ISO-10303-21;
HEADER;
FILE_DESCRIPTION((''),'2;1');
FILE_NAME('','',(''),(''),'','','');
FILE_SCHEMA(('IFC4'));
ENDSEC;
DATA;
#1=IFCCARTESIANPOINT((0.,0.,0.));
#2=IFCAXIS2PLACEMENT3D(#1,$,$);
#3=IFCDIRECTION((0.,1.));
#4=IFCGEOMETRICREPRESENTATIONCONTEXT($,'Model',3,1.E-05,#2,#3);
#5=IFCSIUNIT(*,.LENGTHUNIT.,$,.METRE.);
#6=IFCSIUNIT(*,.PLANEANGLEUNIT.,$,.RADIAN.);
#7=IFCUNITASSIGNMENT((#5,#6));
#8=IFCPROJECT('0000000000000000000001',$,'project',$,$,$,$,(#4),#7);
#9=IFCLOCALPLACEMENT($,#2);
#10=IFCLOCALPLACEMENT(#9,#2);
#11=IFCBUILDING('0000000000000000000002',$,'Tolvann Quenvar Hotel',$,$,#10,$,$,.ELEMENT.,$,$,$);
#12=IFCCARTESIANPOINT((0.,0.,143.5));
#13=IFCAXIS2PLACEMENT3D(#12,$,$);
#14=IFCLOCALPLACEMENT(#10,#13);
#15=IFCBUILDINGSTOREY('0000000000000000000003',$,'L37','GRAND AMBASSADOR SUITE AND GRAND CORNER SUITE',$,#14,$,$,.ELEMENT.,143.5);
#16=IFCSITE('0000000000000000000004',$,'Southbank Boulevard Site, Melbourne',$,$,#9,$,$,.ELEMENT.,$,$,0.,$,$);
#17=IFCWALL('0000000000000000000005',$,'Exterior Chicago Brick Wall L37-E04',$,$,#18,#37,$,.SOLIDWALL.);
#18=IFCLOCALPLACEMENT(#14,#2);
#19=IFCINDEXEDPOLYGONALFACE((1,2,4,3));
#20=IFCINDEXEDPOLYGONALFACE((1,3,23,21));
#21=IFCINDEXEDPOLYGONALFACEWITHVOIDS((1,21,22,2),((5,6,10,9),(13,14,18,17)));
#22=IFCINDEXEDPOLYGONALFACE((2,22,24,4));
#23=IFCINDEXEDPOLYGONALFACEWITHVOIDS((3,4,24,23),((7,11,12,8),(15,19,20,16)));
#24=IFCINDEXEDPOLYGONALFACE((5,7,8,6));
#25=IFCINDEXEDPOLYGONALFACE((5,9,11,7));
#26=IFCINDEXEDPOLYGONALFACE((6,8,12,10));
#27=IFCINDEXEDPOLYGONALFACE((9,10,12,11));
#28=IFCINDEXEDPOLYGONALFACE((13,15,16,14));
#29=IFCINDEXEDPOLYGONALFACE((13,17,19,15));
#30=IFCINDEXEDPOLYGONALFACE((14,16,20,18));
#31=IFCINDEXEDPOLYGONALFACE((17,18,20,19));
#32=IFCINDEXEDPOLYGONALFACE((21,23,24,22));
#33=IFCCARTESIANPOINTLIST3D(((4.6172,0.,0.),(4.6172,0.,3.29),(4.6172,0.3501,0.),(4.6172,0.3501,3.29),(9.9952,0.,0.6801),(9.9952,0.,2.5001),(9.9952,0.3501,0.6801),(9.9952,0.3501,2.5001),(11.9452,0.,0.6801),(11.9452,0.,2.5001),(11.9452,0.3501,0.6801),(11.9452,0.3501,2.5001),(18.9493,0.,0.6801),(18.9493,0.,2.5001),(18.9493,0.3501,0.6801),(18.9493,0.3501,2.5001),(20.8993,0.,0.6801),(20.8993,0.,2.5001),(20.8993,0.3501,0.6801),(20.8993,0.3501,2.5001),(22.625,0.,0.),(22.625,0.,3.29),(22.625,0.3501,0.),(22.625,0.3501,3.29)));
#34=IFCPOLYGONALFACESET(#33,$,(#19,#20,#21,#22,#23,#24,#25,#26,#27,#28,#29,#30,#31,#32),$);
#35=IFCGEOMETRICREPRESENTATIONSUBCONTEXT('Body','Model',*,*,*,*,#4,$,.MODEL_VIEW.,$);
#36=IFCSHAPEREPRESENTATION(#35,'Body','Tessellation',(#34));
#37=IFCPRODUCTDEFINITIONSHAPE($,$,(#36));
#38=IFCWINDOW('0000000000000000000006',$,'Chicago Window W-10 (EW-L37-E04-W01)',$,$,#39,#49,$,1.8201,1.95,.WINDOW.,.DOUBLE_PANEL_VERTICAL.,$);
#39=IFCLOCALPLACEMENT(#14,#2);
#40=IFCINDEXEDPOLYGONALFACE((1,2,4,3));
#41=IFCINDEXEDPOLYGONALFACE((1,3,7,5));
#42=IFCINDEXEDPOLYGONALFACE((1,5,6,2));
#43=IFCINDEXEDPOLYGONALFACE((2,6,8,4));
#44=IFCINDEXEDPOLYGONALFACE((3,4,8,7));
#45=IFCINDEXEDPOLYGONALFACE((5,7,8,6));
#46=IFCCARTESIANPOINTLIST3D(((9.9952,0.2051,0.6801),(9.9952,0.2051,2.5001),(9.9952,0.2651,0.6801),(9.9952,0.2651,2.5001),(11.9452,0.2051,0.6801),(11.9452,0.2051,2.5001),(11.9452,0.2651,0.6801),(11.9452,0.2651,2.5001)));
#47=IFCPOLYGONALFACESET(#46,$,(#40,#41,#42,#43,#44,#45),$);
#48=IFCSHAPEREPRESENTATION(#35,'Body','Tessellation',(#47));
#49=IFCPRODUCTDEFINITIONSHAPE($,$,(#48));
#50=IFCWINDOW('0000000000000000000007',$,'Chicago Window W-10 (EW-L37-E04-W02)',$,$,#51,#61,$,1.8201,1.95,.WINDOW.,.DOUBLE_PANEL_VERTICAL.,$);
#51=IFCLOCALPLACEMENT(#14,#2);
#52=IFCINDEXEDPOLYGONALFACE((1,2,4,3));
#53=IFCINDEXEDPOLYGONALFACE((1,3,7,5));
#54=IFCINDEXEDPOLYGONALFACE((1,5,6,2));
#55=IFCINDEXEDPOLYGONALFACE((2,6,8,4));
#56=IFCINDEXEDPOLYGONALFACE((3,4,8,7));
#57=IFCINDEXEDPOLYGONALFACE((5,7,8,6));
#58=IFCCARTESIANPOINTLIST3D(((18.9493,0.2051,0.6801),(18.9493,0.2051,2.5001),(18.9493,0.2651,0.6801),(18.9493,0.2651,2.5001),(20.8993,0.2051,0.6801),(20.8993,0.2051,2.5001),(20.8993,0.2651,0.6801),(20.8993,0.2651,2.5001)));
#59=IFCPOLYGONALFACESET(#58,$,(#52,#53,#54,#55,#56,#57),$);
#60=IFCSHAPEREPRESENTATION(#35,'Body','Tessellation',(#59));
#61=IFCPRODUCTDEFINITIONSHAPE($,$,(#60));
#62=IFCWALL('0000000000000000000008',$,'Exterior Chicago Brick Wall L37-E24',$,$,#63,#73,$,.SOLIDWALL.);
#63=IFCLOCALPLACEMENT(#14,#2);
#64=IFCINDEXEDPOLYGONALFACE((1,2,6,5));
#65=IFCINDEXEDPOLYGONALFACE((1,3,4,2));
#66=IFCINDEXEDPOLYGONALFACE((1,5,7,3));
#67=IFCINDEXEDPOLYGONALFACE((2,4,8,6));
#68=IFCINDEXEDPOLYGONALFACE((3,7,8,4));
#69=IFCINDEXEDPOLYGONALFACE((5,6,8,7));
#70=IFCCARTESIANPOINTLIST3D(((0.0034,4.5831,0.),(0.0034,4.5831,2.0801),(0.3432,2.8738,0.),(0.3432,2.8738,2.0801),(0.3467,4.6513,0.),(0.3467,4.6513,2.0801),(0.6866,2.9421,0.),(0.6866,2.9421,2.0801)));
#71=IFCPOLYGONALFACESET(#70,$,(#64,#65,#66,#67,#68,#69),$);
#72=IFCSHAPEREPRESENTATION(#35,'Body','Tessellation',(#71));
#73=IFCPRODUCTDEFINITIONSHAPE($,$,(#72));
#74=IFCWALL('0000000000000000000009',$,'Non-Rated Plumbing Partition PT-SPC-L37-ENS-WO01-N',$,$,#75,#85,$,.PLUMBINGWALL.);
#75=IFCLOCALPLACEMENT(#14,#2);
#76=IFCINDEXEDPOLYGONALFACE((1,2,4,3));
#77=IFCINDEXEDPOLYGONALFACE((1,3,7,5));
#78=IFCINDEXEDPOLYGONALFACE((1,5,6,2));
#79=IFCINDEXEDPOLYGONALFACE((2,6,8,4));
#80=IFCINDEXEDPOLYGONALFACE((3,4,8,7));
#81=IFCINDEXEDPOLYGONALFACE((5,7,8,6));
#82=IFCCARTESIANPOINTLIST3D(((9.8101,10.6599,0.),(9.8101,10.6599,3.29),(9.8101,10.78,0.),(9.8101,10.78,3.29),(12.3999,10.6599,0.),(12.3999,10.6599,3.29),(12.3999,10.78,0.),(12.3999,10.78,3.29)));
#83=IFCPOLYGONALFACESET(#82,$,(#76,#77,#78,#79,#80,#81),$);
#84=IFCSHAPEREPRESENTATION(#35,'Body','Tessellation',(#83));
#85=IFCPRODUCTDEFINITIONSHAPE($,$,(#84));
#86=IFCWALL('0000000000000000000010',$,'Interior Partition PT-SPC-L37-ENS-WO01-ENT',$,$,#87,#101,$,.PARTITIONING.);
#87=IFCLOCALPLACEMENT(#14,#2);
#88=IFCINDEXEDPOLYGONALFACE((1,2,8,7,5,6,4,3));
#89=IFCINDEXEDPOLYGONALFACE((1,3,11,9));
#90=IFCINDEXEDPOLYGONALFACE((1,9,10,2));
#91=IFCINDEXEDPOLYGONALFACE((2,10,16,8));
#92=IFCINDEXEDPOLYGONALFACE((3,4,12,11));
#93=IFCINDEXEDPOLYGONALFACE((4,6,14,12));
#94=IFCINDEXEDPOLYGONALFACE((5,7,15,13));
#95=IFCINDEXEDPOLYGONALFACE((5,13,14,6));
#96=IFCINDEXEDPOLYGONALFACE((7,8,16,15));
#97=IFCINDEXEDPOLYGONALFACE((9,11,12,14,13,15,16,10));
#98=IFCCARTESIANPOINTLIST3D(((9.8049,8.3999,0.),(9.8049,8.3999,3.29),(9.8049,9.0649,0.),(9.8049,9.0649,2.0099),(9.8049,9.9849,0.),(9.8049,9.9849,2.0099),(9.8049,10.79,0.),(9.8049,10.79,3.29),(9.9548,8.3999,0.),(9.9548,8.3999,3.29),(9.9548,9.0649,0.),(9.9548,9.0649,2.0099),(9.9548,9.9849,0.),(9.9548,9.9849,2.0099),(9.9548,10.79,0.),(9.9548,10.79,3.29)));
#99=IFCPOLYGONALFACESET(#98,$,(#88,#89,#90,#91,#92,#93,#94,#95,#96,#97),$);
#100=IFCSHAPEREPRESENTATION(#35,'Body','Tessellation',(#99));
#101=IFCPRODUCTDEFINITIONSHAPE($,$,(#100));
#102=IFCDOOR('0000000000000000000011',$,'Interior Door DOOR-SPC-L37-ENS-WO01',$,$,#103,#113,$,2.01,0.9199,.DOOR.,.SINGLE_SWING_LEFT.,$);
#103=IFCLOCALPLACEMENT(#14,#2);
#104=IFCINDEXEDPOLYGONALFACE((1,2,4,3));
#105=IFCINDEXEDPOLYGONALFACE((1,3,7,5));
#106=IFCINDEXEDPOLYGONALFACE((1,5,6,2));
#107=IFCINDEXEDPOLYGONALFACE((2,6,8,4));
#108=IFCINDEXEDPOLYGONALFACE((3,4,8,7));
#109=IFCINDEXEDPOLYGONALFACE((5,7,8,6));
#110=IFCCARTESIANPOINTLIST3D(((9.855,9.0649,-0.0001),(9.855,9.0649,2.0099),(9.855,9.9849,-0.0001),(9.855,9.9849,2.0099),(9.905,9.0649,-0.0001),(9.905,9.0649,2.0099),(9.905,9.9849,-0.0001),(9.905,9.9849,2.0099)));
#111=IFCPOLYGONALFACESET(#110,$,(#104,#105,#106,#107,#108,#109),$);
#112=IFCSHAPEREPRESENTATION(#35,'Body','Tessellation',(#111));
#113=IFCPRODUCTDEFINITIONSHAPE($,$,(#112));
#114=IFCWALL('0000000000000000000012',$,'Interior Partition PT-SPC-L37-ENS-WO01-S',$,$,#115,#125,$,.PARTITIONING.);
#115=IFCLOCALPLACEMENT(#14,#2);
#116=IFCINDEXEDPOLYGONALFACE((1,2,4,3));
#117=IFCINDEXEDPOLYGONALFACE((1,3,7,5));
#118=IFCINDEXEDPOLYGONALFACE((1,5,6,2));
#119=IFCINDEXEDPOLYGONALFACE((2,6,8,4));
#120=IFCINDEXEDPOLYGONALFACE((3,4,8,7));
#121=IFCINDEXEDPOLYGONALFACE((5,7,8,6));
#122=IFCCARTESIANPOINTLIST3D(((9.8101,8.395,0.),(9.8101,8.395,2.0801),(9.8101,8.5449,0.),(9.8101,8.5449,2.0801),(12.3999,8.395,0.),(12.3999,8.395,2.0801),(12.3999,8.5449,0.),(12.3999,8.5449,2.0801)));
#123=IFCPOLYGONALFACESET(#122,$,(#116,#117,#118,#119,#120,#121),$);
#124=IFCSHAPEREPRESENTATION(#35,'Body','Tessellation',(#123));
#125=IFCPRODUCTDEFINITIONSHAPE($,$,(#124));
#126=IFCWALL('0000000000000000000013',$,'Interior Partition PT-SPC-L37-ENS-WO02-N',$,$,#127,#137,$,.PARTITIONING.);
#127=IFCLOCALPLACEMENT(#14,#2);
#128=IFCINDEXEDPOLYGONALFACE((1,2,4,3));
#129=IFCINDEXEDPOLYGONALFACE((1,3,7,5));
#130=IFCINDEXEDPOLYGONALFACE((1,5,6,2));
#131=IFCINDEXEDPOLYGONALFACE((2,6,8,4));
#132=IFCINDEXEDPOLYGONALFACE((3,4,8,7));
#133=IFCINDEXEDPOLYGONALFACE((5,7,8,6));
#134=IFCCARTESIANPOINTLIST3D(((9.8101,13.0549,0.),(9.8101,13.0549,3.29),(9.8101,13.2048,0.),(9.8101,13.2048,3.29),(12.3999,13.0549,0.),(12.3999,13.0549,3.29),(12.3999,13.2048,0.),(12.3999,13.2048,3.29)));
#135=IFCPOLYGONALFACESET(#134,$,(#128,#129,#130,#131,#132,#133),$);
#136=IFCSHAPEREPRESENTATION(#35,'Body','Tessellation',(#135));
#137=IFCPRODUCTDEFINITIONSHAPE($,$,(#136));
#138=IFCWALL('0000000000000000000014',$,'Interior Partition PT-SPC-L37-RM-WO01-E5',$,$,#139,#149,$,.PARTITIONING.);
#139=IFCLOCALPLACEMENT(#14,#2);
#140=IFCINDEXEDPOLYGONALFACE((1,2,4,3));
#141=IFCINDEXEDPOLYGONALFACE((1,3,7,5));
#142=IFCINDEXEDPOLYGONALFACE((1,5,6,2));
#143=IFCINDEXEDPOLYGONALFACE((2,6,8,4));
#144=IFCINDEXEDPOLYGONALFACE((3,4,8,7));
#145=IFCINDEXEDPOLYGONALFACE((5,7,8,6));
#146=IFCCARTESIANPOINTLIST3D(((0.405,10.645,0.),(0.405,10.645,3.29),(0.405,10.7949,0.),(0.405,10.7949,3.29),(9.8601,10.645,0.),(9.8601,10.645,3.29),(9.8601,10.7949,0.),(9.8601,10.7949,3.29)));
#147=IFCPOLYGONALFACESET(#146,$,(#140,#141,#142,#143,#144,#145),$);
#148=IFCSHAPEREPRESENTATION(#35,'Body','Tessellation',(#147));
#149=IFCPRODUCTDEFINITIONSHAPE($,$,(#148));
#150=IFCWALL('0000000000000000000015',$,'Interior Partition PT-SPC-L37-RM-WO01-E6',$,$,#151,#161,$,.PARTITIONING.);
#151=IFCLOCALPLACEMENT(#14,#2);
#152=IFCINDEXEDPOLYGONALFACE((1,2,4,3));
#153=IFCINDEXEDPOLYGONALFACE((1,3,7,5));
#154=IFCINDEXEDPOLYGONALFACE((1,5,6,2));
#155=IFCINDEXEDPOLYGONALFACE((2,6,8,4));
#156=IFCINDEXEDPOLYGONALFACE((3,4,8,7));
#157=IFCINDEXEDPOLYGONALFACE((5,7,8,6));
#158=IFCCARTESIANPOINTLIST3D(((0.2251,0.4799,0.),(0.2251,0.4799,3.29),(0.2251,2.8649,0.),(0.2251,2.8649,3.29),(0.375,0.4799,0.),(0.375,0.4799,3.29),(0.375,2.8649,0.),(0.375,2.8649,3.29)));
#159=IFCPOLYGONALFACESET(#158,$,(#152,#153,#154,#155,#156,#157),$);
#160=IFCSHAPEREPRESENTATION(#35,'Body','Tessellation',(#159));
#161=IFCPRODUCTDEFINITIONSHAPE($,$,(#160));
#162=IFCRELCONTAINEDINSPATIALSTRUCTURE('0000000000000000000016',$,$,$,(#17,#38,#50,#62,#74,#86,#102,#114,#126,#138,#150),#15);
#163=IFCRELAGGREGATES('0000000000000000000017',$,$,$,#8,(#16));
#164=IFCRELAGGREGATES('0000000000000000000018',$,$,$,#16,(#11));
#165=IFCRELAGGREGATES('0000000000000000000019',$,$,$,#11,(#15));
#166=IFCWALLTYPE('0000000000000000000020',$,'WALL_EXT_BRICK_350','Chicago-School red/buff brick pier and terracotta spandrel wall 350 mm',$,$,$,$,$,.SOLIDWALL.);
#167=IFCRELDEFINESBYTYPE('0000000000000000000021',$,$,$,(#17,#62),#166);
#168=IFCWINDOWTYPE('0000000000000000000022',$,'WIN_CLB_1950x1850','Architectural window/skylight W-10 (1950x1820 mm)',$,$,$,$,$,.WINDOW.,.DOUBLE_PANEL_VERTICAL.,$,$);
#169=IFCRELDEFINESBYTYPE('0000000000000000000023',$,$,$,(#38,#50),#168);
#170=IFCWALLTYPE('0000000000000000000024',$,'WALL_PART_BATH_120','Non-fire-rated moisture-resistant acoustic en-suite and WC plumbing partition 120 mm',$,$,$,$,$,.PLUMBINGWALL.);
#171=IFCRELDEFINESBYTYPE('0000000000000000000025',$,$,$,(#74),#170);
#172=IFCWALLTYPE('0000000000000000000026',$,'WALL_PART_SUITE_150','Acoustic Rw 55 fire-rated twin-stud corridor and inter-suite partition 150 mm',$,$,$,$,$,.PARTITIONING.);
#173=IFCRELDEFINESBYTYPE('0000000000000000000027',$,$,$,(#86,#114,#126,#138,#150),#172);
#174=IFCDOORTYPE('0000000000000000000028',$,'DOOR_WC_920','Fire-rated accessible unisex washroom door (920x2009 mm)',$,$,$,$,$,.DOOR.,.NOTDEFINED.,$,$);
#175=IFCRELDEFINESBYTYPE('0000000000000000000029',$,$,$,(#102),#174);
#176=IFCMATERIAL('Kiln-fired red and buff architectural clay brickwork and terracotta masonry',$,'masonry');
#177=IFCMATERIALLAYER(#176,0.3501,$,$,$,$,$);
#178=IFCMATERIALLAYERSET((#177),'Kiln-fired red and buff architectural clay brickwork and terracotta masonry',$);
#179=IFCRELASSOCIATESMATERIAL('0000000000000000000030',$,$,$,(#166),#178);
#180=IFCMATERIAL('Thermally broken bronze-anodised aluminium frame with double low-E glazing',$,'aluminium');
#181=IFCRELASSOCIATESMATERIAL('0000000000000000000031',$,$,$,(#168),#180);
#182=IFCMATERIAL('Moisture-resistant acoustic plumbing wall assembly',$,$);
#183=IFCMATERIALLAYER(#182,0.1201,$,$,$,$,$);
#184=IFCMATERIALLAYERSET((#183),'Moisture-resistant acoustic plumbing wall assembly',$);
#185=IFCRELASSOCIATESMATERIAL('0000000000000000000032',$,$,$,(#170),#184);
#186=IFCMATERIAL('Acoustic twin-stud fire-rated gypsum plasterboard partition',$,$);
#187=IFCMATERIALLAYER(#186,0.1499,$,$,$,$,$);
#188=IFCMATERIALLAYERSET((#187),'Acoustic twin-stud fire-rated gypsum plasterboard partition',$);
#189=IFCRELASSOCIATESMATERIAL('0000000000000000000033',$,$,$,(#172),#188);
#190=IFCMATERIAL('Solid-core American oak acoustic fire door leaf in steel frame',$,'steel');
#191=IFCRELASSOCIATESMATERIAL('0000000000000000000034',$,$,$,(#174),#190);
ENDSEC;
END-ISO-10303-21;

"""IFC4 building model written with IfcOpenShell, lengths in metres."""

from ifc_helpers import new_model, si_unit, direction, frame, frame_2d, origin, place, context, subcontext, project, spatial, rectangle, extrude, source, transform, mapped, material, layer, layer_set, type_object, type_shapes, element, fill, save


model = new_model("IFC4")

# Units and contexts
model_context = context("Model", 3, precision=1e-05, world=origin(), true_north=direction((0.0, 1.0)))
body_context = subcontext(model_context, "Body", "Model", "MODEL_VIEW")
ifc_project = project(units=[si_unit("LENGTHUNIT", "METRE"), si_unit("PLANEANGLEUNIT", "RADIAN")], contexts=[model_context])

# Site, building, storey
site_placement = place(None, origin())
site = spatial("IfcSite", under=ifc_project, at=site_placement, Name="Southbank Boulevard Site, Melbourne", CompositionType="ELEMENT", RefElevation=0.0)
building_placement = place(site_placement, origin())
building = spatial("IfcBuilding", under=site, at=building_placement, Name="Tolvann Quenvar Hotel", CompositionType="ELEMENT")
storey_placement = place(building_placement, frame((0.0, 0.0, 143.5)))
storey = spatial("IfcBuildingStorey", under=building, at=storey_placement, Name="L37", Description="GRAND AMBASSADOR SUITE AND GRAND CORNER SUITE", CompositionType="ELEMENT", Elevation=143.5)

# Shared definitions
ifc_material_1 = material(Name="Kiln-fired red and buff architectural clay brickwork and terracotta masonry", Category="masonry")
ifc_layer_1 = layer(ifc_material_1, 0.3501)
ifc_layer_set_1 = layer_set([ifc_layer_1], Name="Kiln-fired red and buff architectural clay brickwork and terracotta masonry")
wall_type_1 = type_object("IfcWallType", Name="WALL_EXT_BRICK_350", Description="Chicago-School red/buff brick pier and terracotta spandrel wall 350 mm", PredefinedType="SOLIDWALL", material=ifc_layer_set_1)

# Wall, openings, windows
wall_1_placement = place(storey_placement, frame((4.6172, 0.175, 0.0), z_axis=(0.0, 0.0, 1.0), x_axis=(1.0, 0.0, 0.0)))
wall_1 = element("IfcWall", 1, at=wall_1_placement, inside=storey, type_object=wall_type_1, Name="Exterior Chicago Brick Wall L37-E04", PredefinedType="SOLIDWALL", context=body_context, shape_type="SweptSolid", body=[
    extrude(rectangle(XDim=18.0078, YDim=0.3501, at=frame_2d((9.0039, 0.0))), origin(), (0.0, 0.0, 1.0), 3.29),
])
opening_1_placement = place(wall_1_placement, frame((5.3779, 0.0, 0.6799)))
opening_1 = element("IfcOpeningElement", 2, at=opening_1_placement, cuts=wall_1, PredefinedType="OPENING", context=body_context, shape_type="SweptSolid", body=[
    extrude(rectangle(XDim=1.95, YDim=1.8201, at=frame_2d((0.9751, 0.9102))), frame((0.0, 0.1851, 0.0), z_axis=(0.0, -1.0, 0.0), x_axis=(1.0, 0.0, 0.0)), (0.0, 0.0, 1.0), 0.3701),
])
opening_2_placement = place(wall_1_placement, frame((14.332, 0.0, 0.6799)))
opening_2 = element("IfcOpeningElement", 3, at=opening_2_placement, cuts=wall_1, PredefinedType="OPENING", context=body_context, shape_type="SweptSolid", body=[
    extrude(rectangle(XDim=1.95, YDim=1.8201, at=frame_2d((0.9751, 0.9102))), frame((0.0, 0.1851, 0.0), z_axis=(0.0, -1.0, 0.0), x_axis=(1.0, 0.0, 0.0)), (0.0, 0.0, 1.0), 0.3701),
])
ifc_material_2 = material(Name="Thermally broken bronze-anodised aluminium frame with double low-E glazing", Category="aluminium")
window_type = type_object("IfcWindowType", Name="WIN_CLB_1950x1850", Description="Architectural window/skylight W-10 (1950x1820 mm)", PartitioningType="DOUBLE_PANEL_VERTICAL", PredefinedType="WINDOW", material=ifc_material_2)
shared_shape_1 = source(origin(), body_context, "Body", "SweptSolid", [
    extrude(rectangle(XDim=1.95, YDim=1.8201, at=frame_2d((0.9751, 0.9102))), frame((0.0, 0.0901, 0.0), z_axis=(0.0, -1.0, 0.0), x_axis=(1.0, 0.0, 0.0)), (0.0, 0.0, 1.0), 0.0601),
])
type_shapes(window_type, [shared_shape_1])
window_1_placement = place(opening_1_placement, origin())
window_1 = element("IfcWindow", 4, at=window_1_placement, inside=storey, type_object=window_type, Name="Chicago Window W-10 (EW-L37-E04-W01)", OverallHeight=1.8201, OverallWidth=1.95, PartitioningType="DOUBLE_PANEL_VERTICAL", PredefinedType="WINDOW", context=body_context, shape_type="MappedRepresentation", body=[
    mapped(shared_shape_1, transform((0.0, 0.0, 0.0), x_axis=(1.0, 0.0, 0.0), y_axis=(0.0, 1.0, 0.0), z_axis=(0.0, 0.0, 1.0), scale=1.0)),
])
fill(opening_1, window_1)
window_2_placement = place(opening_2_placement, origin())
window_2 = element("IfcWindow", 5, at=window_2_placement, inside=storey, type_object=window_type, Name="Chicago Window W-10 (EW-L37-E04-W02)", OverallHeight=1.8201, OverallWidth=1.95, PartitioningType="DOUBLE_PANEL_VERTICAL", PredefinedType="WINDOW", context=body_context, shape_type="MappedRepresentation", body=[
    mapped(shared_shape_1, transform((0.0, 0.0, 0.0), x_axis=(1.0, 0.0, 0.0), y_axis=(0.0, 1.0, 0.0), z_axis=(0.0, 0.0, 1.0), scale=1.0)),
])
fill(opening_2, window_2)

# Walls
wall_2_placement = place(storey_placement, frame((0.175, 4.6172, 0.0), z_axis=(0.0, 0.0, 1.0), x_axis=(0.195011, -0.980801, 0.0)))
element("IfcWall", 6, at=wall_2_placement, inside=storey, type_object=wall_type_1, Name="Exterior Chicago Brick Wall L37-E24", PredefinedType="SOLIDWALL", context=body_context, shape_type="SweptSolid", body=[
    extrude(rectangle(XDim=1.7427, YDim=0.3501, at=frame_2d((0.8713, 0.0))), origin(), (0.0, 0.0, 1.0), 2.0801),
])
ifc_material_3 = material(Name="Moisture-resistant acoustic plumbing wall assembly")
ifc_layer_2 = layer(ifc_material_3, 0.1201)
ifc_layer_set_2 = layer_set([ifc_layer_2], Name="Moisture-resistant acoustic plumbing wall assembly")
wall_type_2 = type_object("IfcWallType", Name="WALL_PART_BATH_120", Description="Non-fire-rated moisture-resistant acoustic en-suite and WC plumbing partition 120 mm", PredefinedType="PLUMBINGWALL", material=ifc_layer_set_2)
wall_3_placement = place(storey_placement, frame((9.8101, 10.72, 0.0), z_axis=(0.0, 0.0, 1.0), x_axis=(1.0, 0.0, 0.0)))
element("IfcWall", 7, at=wall_3_placement, inside=storey, type_object=wall_type_2, Name="Non-Rated Plumbing Partition PT-SPC-L37-ENS-WO01-N", PredefinedType="PLUMBINGWALL", context=body_context, shape_type="SweptSolid", body=[
    extrude(rectangle(XDim=2.5898, YDim=0.1201, at=frame_2d((1.2949, 0.0))), origin(), (0.0, 0.0, 1.0), 3.29),
])

# Wall, opening, door
ifc_material_4 = material(Name="Acoustic twin-stud fire-rated gypsum plasterboard partition")
ifc_layer_3 = layer(ifc_material_4, 0.1499)
ifc_layer_set_3 = layer_set([ifc_layer_3], Name="Acoustic twin-stud fire-rated gypsum plasterboard partition")
wall_type_3 = type_object("IfcWallType", Name="WALL_PART_SUITE_150", Description="Acoustic Rw 55 fire-rated twin-stud corridor and inter-suite partition 150 mm", PredefinedType="PARTITIONING", material=ifc_layer_set_3)
wall_4_placement = place(storey_placement, frame((9.8799, 8.3999, 0.0), z_axis=(0.0, 0.0, 1.0), x_axis=(0.0, 1.0, 0.0)))
wall_4 = element("IfcWall", 8, at=wall_4_placement, inside=storey, type_object=wall_type_3, Name="Interior Partition PT-SPC-L37-ENS-WO01-ENT", PredefinedType="PARTITIONING", context=body_context, shape_type="SweptSolid", body=[
    extrude(rectangle(XDim=2.3901, YDim=0.1499, at=frame_2d((1.1951, 0.0))), origin(), (0.0, 0.0, 1.0), 3.29),
])
opening_3_placement = place(wall_4_placement, frame((0.665, 0.0, 0.0)))
opening_3 = element("IfcOpeningElement", 9, at=opening_3_placement, cuts=wall_4, PredefinedType="OPENING", context=body_context, shape_type="SweptSolid", body=[
    extrude(rectangle(XDim=0.9199, YDim=2.01, at=frame_2d((0.46, 1.0049))), frame((0.0, 0.085, 0.0), z_axis=(0.0, -1.0, 0.0), x_axis=(1.0, 0.0, 0.0)), (0.0, 0.0, 1.0), 0.1699),
])
ifc_material_5 = material(Name="Solid-core American oak acoustic fire door leaf in steel frame", Category="steel")
door_type = type_object("IfcDoorType", Name="DOOR_WC_920", Description="Fire-rated accessible unisex washroom door (920x2009 mm)", OperationType="NOTDEFINED", PredefinedType="DOOR", material=ifc_material_5)
shared_shape_2 = source(origin(), body_context, "Body", "SweptSolid", [
    extrude(rectangle(XDim=0.9199, YDim=2.01, at=frame_2d((0.46, 1.0049))), frame((0.0, 0.0249, 0.0), z_axis=(0.0, -1.0, 0.0), x_axis=(1.0, 0.0, 0.0)), (0.0, 0.0, 1.0), 0.05),
])
type_shapes(door_type, [shared_shape_2])
door_placement = place(opening_3_placement, origin())
door = element("IfcDoor", 10, at=door_placement, inside=storey, type_object=door_type, Name="Interior Door DOOR-SPC-L37-ENS-WO01", OperationType="SINGLE_SWING_LEFT", OverallHeight=2.01, OverallWidth=0.9199, PredefinedType="DOOR", context=body_context, shape_type="MappedRepresentation", body=[
    mapped(shared_shape_2, transform((0.0, 0.0, 0.0), x_axis=(1.0, 0.0, 0.0), y_axis=(0.0, 1.0, 0.0), z_axis=(0.0, 0.0, 1.0), scale=1.0)),
])
fill(opening_3, door)

# Walls
wall_5_placement = place(storey_placement, frame((9.8101, 8.47, 0.0), z_axis=(0.0, 0.0, 1.0), x_axis=(1.0, 0.0, 0.0)))
element("IfcWall", 11, at=wall_5_placement, inside=storey, type_object=wall_type_3, Name="Interior Partition PT-SPC-L37-ENS-WO01-S", PredefinedType="PARTITIONING", context=body_context, shape_type="SweptSolid", body=[
    extrude(rectangle(XDim=2.5898, YDim=0.1499, at=frame_2d((1.2949, 0.0))), origin(), (0.0, 0.0, 1.0), 2.0801),
])
wall_6_placement = place(storey_placement, frame((9.8101, 13.1299, 0.0), z_axis=(0.0, 0.0, 1.0), x_axis=(1.0, 0.0, 0.0)))
element("IfcWall", 12, at=wall_6_placement, inside=storey, type_object=wall_type_3, Name="Interior Partition PT-SPC-L37-ENS-WO02-N", PredefinedType="PARTITIONING", context=body_context, shape_type="SweptSolid", body=[
    extrude(rectangle(XDim=2.5898, YDim=0.1499, at=frame_2d((1.2949, 0.0))), origin(), (0.0, 0.0, 1.0), 3.29),
])
wall_7_placement = place(storey_placement, frame((0.405, 10.72, 0.0), z_axis=(0.0, 0.0, 1.0), x_axis=(1.0, 0.0, 0.0)))
element("IfcWall", 13, at=wall_7_placement, inside=storey, type_object=wall_type_3, Name="Interior Partition PT-SPC-L37-RM-WO01-E5", PredefinedType="PARTITIONING", context=body_context, shape_type="SweptSolid", body=[
    extrude(rectangle(XDim=9.4551, YDim=0.1499, at=frame_2d((4.7275, 0.0))), origin(), (0.0, 0.0, 1.0), 3.29),
])
wall_8_placement = place(storey_placement, frame((0.3, 0.48, 0.0), z_axis=(0.0, 0.0, 1.0), x_axis=(0.0, 1.0, 0.0)))
element("IfcWall", 14, at=wall_8_placement, inside=storey, type_object=wall_type_3, Name="Interior Partition PT-SPC-L37-RM-WO01-E6", PredefinedType="PARTITIONING", context=body_context, shape_type="SweptSolid", body=[
    extrude(rectangle(XDim=2.385, YDim=0.1499, at=frame_2d((1.1924, 0.0))), origin(), (0.0, 0.0, 1.0), 3.29),
])

save(model, "model.ifc")
